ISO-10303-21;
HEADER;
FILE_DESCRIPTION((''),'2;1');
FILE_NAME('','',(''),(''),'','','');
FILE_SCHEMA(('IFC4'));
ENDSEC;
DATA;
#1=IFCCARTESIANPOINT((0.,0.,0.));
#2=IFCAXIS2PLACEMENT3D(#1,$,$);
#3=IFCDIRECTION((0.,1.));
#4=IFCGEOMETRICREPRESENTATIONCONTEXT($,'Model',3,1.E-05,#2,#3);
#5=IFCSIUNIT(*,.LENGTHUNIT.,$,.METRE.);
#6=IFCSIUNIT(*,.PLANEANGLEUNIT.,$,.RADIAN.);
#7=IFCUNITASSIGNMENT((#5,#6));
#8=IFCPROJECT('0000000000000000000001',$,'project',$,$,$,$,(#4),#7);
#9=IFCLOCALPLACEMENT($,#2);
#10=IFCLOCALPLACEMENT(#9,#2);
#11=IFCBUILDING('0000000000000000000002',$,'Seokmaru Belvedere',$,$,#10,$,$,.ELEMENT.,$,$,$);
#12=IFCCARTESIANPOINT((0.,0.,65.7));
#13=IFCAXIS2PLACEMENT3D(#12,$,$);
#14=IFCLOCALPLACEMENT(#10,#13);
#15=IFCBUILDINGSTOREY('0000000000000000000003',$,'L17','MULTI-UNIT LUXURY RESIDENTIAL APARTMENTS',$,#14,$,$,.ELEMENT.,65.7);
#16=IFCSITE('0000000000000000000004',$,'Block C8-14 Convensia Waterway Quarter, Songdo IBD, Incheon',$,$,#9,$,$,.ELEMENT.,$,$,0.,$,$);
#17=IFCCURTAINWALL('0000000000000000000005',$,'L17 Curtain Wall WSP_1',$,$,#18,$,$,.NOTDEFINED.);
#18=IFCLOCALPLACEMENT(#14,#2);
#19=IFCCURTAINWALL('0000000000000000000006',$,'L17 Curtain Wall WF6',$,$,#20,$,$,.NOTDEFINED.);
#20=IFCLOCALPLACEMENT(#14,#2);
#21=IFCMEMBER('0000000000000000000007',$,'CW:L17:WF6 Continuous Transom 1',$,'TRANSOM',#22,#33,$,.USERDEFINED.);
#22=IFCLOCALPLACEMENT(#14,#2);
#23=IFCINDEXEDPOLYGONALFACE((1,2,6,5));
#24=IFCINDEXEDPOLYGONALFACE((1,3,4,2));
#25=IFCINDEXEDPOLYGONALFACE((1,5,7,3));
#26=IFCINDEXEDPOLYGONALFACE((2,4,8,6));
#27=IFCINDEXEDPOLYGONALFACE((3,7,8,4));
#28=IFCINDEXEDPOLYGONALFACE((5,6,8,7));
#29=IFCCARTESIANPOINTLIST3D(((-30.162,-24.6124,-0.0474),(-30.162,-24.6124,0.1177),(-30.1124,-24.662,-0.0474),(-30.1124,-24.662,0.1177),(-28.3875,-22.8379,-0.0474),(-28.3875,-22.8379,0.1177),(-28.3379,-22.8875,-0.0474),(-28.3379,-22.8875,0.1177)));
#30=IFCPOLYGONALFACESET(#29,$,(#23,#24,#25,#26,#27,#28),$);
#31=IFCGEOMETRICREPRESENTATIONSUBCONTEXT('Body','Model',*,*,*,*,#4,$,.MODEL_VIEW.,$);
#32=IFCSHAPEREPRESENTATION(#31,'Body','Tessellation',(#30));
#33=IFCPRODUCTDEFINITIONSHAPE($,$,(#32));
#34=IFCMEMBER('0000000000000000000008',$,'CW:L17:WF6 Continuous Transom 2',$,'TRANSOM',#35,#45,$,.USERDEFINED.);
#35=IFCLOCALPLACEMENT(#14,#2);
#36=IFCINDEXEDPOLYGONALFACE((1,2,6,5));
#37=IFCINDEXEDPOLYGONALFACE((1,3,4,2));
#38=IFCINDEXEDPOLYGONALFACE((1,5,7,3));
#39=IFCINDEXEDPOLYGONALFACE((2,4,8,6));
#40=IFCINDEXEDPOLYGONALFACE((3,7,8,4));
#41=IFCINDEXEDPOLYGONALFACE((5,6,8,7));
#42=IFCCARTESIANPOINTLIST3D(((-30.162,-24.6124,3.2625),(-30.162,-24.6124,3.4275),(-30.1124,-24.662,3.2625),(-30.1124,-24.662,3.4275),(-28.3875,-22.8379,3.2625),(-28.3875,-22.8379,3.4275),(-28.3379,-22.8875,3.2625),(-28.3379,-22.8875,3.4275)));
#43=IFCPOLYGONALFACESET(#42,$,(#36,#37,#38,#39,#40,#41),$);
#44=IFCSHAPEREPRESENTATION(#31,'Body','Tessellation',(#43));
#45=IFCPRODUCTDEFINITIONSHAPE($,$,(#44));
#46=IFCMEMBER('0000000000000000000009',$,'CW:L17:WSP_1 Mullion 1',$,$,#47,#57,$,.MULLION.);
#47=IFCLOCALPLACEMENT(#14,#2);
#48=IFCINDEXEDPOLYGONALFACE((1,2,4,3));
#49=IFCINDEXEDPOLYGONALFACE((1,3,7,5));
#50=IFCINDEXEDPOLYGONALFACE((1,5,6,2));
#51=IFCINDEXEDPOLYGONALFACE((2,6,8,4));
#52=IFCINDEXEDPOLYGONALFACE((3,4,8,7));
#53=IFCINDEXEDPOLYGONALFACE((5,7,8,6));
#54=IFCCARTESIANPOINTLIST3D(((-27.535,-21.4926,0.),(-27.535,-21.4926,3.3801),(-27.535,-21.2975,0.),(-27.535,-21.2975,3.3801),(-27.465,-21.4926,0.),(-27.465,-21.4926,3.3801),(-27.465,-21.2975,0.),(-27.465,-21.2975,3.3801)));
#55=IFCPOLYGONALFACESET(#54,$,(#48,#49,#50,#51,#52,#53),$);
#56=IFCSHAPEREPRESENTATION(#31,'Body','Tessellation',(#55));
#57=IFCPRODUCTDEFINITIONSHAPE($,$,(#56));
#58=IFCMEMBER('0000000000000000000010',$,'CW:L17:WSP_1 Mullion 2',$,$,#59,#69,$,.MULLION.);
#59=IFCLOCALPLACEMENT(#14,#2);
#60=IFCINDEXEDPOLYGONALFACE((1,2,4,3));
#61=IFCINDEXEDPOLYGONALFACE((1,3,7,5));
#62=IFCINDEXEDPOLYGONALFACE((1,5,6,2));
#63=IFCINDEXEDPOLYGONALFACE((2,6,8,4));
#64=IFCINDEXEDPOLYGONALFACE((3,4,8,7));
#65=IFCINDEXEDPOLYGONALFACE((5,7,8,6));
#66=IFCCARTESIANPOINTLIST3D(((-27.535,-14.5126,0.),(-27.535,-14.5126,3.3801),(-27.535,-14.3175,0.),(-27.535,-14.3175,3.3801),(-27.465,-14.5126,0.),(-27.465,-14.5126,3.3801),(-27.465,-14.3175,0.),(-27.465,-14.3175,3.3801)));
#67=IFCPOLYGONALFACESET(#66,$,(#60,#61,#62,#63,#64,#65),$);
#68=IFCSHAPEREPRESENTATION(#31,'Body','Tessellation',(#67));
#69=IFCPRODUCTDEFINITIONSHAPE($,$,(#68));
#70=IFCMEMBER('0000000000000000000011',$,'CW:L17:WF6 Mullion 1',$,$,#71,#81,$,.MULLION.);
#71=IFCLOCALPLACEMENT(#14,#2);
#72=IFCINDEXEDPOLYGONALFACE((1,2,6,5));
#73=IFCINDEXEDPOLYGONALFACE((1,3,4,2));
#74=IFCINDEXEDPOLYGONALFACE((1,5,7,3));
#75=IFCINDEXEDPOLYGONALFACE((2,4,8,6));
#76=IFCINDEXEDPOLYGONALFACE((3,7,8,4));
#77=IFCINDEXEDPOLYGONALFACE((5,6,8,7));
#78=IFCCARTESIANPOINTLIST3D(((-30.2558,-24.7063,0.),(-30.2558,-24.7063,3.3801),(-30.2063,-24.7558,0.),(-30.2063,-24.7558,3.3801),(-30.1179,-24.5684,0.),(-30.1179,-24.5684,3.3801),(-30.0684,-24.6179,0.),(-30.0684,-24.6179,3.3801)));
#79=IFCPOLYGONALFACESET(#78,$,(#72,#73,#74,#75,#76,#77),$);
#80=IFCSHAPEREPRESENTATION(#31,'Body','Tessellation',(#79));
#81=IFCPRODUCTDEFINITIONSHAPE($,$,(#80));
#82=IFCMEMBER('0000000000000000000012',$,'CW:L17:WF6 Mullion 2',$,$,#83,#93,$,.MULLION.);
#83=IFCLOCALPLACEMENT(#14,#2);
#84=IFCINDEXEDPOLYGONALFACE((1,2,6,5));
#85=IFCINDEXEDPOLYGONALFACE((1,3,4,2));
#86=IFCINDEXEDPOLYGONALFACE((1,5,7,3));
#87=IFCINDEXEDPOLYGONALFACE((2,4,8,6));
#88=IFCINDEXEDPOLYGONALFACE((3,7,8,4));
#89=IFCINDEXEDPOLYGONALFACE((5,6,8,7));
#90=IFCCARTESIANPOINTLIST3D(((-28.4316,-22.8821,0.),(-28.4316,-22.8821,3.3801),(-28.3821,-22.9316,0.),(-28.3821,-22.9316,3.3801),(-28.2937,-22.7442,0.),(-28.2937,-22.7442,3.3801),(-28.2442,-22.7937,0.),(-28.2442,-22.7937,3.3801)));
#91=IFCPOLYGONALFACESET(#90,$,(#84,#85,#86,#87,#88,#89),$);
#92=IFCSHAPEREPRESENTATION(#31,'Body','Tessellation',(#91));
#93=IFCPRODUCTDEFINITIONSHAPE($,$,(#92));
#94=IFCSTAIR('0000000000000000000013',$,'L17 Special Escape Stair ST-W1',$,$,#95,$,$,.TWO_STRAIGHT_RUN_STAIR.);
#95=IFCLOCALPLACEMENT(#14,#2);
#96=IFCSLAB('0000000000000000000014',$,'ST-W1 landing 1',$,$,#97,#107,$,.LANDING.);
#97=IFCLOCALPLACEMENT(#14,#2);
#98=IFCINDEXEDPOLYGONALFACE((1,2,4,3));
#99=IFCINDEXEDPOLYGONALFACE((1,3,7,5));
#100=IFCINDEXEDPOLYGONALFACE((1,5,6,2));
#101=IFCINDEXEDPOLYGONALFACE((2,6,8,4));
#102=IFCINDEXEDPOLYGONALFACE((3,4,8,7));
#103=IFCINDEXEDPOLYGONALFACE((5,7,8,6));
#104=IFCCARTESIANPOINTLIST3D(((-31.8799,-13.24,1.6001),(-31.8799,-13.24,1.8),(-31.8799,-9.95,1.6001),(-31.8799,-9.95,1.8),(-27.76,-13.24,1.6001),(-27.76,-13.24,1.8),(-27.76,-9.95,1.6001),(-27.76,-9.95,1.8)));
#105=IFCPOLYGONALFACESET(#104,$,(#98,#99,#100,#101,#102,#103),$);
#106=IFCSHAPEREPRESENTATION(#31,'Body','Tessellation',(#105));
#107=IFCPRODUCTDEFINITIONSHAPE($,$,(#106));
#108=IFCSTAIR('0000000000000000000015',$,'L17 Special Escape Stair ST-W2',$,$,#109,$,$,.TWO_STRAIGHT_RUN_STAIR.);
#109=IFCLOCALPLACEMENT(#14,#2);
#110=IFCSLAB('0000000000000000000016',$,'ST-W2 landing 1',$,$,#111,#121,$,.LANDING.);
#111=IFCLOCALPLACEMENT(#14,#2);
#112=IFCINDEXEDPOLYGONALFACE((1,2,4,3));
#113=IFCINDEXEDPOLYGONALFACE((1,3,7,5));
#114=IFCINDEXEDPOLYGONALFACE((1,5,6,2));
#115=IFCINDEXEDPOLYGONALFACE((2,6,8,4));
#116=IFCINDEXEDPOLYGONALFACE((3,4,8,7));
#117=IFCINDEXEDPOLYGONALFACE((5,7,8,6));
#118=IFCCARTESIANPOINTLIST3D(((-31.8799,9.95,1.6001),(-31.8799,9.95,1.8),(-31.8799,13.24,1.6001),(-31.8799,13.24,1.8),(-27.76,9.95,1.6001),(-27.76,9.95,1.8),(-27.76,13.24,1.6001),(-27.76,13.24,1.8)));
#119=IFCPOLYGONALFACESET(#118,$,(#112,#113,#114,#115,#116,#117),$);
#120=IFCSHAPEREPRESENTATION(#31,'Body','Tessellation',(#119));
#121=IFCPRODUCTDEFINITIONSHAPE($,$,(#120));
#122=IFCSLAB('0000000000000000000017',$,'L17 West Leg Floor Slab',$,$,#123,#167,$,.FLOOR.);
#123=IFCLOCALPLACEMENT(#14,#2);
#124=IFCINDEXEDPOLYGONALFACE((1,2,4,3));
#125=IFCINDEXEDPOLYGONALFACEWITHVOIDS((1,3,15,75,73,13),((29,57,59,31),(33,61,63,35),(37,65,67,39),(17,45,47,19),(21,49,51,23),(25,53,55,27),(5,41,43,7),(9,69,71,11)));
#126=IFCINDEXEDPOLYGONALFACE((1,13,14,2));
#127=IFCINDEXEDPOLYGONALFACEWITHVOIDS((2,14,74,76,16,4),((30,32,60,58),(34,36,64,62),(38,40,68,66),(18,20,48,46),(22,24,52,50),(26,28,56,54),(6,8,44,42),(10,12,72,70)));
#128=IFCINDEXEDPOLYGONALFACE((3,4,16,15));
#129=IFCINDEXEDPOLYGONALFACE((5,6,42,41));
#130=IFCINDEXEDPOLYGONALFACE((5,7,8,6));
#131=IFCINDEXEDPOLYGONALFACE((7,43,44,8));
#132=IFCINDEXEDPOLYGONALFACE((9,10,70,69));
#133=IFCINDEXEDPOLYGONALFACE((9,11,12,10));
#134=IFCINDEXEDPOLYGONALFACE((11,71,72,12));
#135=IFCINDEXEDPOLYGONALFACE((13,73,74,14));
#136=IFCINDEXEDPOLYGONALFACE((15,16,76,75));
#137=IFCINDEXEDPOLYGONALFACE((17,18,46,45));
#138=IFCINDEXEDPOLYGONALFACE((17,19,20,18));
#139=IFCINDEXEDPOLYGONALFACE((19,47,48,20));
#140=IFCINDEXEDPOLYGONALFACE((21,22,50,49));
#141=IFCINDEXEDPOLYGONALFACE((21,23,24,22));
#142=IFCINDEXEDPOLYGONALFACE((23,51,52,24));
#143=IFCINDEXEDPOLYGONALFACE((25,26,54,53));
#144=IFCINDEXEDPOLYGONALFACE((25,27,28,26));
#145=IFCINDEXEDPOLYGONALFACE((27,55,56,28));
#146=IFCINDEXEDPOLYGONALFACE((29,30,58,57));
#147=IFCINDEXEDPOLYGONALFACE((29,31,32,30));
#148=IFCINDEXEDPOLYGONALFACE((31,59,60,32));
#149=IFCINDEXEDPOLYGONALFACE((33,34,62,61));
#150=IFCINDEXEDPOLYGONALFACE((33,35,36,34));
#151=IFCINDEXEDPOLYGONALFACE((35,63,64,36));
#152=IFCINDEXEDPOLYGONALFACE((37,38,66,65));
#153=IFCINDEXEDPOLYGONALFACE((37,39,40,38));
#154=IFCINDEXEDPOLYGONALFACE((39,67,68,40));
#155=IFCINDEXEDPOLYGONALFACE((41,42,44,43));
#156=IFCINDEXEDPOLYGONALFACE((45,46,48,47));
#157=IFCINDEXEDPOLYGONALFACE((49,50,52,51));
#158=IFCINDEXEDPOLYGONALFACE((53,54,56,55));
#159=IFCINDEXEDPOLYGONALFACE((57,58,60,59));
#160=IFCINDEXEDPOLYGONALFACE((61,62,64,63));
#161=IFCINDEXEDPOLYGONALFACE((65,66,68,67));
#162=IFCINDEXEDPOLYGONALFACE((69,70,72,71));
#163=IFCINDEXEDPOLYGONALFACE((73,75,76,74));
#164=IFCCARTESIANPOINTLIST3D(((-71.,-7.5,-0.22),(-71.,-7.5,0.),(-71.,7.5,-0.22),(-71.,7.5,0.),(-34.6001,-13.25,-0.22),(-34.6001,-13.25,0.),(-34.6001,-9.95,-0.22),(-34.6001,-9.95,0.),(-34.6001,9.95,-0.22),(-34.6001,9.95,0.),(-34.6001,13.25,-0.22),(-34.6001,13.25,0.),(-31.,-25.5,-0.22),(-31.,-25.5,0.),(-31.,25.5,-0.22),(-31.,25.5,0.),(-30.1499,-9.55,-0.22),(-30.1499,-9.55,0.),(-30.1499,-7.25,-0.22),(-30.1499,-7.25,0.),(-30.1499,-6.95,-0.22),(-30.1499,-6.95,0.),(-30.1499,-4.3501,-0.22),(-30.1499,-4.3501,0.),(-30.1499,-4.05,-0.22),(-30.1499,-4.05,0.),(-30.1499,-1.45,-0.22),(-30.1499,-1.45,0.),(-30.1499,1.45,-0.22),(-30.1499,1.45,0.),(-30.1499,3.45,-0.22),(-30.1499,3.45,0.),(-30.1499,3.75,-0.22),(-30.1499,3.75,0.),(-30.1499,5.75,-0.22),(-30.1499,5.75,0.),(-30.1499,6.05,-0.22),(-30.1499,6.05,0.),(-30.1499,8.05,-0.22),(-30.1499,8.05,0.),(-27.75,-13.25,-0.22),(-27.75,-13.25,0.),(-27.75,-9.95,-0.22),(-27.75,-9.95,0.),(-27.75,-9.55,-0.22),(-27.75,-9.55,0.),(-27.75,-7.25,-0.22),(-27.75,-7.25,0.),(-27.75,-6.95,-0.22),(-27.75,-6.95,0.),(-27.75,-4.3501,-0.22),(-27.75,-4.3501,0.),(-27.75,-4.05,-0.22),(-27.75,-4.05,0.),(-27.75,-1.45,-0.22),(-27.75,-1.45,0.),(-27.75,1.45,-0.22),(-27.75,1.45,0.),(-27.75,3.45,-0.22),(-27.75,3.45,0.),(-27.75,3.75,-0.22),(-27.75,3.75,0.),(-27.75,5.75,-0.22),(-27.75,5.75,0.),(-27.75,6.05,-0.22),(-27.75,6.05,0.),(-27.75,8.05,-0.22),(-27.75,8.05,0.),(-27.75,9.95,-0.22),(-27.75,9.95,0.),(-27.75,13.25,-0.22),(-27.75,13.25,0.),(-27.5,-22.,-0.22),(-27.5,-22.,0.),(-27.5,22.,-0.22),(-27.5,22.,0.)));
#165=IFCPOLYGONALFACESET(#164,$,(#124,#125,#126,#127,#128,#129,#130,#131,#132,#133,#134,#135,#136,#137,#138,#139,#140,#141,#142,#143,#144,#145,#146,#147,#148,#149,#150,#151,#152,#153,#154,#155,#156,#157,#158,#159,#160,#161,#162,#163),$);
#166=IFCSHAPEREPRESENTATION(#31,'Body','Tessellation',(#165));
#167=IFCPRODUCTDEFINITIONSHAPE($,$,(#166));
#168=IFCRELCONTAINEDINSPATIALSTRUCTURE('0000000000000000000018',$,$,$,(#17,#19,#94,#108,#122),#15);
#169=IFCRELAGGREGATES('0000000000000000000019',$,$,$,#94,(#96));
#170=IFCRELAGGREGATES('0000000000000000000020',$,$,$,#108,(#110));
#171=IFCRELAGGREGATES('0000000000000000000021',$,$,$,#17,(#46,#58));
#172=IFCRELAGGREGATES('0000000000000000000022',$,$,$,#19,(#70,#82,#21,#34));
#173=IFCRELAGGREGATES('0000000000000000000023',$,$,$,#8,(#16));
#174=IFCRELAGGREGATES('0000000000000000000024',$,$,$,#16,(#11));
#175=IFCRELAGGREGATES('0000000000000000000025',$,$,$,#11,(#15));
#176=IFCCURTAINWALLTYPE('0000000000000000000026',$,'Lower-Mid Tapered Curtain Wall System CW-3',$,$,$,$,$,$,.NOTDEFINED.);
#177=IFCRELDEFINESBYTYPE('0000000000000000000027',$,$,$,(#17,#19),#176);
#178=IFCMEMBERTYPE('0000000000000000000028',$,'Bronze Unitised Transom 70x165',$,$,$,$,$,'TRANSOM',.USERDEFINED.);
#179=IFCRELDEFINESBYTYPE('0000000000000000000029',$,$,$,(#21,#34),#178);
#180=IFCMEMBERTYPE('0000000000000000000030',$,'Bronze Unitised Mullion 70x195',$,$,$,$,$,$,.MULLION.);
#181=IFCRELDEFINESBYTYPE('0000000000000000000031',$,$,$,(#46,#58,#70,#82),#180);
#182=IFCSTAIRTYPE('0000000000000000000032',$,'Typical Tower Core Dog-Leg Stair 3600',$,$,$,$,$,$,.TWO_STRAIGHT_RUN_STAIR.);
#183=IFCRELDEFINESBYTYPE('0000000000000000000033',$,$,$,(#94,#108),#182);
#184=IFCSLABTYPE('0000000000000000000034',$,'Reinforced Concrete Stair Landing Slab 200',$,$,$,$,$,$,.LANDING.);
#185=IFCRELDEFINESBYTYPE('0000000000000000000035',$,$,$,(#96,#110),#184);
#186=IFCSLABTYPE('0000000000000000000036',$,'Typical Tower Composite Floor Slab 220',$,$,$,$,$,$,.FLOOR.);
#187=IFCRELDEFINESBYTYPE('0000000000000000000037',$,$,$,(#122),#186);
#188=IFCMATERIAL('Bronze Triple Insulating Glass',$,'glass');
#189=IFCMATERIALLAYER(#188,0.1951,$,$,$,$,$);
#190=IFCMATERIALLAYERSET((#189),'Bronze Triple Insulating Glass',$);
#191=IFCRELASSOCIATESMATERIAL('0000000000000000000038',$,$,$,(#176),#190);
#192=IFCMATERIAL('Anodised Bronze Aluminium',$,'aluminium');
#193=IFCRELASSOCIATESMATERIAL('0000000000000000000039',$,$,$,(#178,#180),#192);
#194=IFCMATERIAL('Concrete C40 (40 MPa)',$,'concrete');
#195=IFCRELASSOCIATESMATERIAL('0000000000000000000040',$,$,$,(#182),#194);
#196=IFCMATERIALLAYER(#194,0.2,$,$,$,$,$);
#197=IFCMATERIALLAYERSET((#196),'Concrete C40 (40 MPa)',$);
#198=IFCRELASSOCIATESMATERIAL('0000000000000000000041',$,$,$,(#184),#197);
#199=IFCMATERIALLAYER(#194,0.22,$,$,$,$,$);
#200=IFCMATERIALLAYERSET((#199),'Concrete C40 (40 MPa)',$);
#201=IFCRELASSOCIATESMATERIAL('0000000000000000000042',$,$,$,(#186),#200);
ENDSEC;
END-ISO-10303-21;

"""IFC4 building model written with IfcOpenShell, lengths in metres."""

from ifc_helpers import new_model, si_unit, direction, frame, origin, origin_2d, place, context, subcontext, project, spatial, polyline, rectangle, outline, extrude, source, transform, mapped, material, layer, layer_set, material_profile, profile_set, type_object, type_shapes, element, aggregate, save


model = new_model("IFC4")

# Units and contexts
model_context = context("Model", 3, precision=1e-05, world=origin(), true_north=direction((0.0, 1.0)))
body_context = subcontext(model_context, "Body", "Model", "MODEL_VIEW")
ifc_project = project(units=[si_unit("LENGTHUNIT", "METRE"), si_unit("PLANEANGLEUNIT", "RADIAN")], contexts=[model_context])

# Site, building, storey
site_placement = place(None, origin())
site = spatial("IfcSite", under=ifc_project, at=site_placement, Name="Block C8-14 Convensia Waterway Quarter, Songdo IBD, Incheon", CompositionType="ELEMENT", RefElevation=0.0)
building_placement = place(site_placement, origin())
building = spatial("IfcBuilding", under=site, at=building_placement, Name="Seokmaru Belvedere", CompositionType="ELEMENT")
storey_placement = place(building_placement, frame((0.0, 0.0, 65.7)))
storey = spatial("IfcBuildingStorey", under=building, at=storey_placement, Name="L17", Description="MULTI-UNIT LUXURY RESIDENTIAL APARTMENTS", CompositionType="ELEMENT", Elevation=65.7)

# Curtain walls, members
ifc_material_1 = material(Name="Bronze Triple Insulating Glass", Category="glass")
ifc_layer_1 = layer(ifc_material_1, 0.1951)
ifc_layer_set_1 = layer_set([ifc_layer_1], Name="Bronze Triple Insulating Glass")
curtain_wall_type = type_object("IfcCurtainWallType", Name="Lower-Mid Tapered Curtain Wall System CW-3", PredefinedType="NOTDEFINED", material=ifc_layer_set_1)
curtain_wall_1_placement = place(storey_placement, origin())
curtain_wall_1 = element("IfcCurtainWall", 1, at=curtain_wall_1_placement, inside=storey, type_object=curtain_wall_type, Name="L17 Curtain Wall WSP_1", PredefinedType="NOTDEFINED")
ifc_material_2 = material(Name="Anodised Bronze Aluminium", Category="aluminium")
ifc_material_profile_1 = material_profile(ifc_material_2, rectangle(XDim=0.0701, YDim=0.165, at=origin_2d()), Name="CW-T-70x165")
ifc_profile_set_1 = profile_set([ifc_material_profile_1], Name="Anodised Bronze Aluminium")
member_type_1 = type_object("IfcMemberType", Name="Bronze Unitised Transom 70x165", ElementType="TRANSOM", PredefinedType="USERDEFINED", material=ifc_profile_set_1)
curtain_wall_2_placement = place(storey_placement, origin())
curtain_wall_2 = element("IfcCurtainWall", 2, at=curtain_wall_2_placement, inside=storey, type_object=curtain_wall_type, Name="L17 Curtain Wall WF6", PredefinedType="NOTDEFINED")
shared_shape_1 = source(origin(), body_context, "Body", "SweptSolid", [
    extrude(rectangle(XDim=0.0701, YDim=0.165, at=origin_2d()), origin(), (0.0, 0.0, 1.0), 2.5095),
])
member_1_placement = place(storey_placement, frame((-30.1372, -24.6372, 0.0352), z_axis=(0.707107, 0.707107, 0.0), x_axis=(-0.707107, 0.707107, 0.0)))
member_1 = element("IfcMember", 3, at=member_1_placement, type_object=member_type_1, Name="CW:L17:WF6 Continuous Transom 1", ObjectType="TRANSOM", PredefinedType="USERDEFINED", context=body_context, shape_type="MappedRepresentation", body=[
    mapped(shared_shape_1, transform((0.0, 0.0, 0.0), scale=1.0)),
])
member_2_placement = place(storey_placement, frame((-30.1372, -24.6372, 3.345), z_axis=(0.707107, 0.707107, 0.0), x_axis=(-0.707107, 0.707107, 0.0)))
member_2 = element("IfcMember", 4, at=member_2_placement, type_object=member_type_1, Name="CW:L17:WF6 Continuous Transom 2", ObjectType="TRANSOM", PredefinedType="USERDEFINED", context=body_context, shape_type="MappedRepresentation", body=[
    mapped(shared_shape_1, transform((0.0, 0.0, 0.0), scale=1.0)),
])

# Members
ifc_material_profile_2 = material_profile(ifc_material_2, rectangle(XDim=0.0701, YDim=0.1951, at=origin_2d()), Name="CW-M-70x195")
ifc_profile_set_2 = profile_set([ifc_material_profile_2], Name="Anodised Bronze Aluminium")
member_type_2 = type_object("IfcMemberType", Name="Bronze Unitised Mullion 70x195", PredefinedType="MULLION", material=ifc_profile_set_2)
shared_shape_2 = source(origin(), body_context, "Body", "SweptSolid", [
    extrude(rectangle(XDim=0.0701, YDim=0.1951, at=origin_2d()), origin(), (0.0, 0.0, 1.0), 3.3801),
])
type_shapes(member_type_2, [shared_shape_2])
member_3_placement = place(storey_placement, frame((-27.5, -21.395, 0.0), z_axis=(0.0, 0.0, 1.0), x_axis=(-1.0, 0.0, 0.0)))
member_3 = element("IfcMember", 5, at=member_3_placement, type_object=member_type_2, Name="CW:L17:WSP_1 Mullion 1", PredefinedType="MULLION", context=body_context, shape_type="MappedRepresentation", body=[
    mapped(shared_shape_2, transform((0.0, 0.0, 0.0), scale=1.0)),
])
member_4_placement = place(storey_placement, frame((-27.5, -14.415, 0.0), z_axis=(0.0, 0.0, 1.0), x_axis=(-1.0, 0.0, 0.0)))
member_4 = element("IfcMember", 6, at=member_4_placement, type_object=member_type_2, Name="CW:L17:WSP_1 Mullion 2", PredefinedType="MULLION", context=body_context, shape_type="MappedRepresentation", body=[
    mapped(shared_shape_2, transform((0.0, 0.0, 0.0), scale=1.0)),
])
member_5_placement = place(storey_placement, frame((-30.1621, -24.6621, 0.0), z_axis=(0.0, 0.0, 1.0), x_axis=(-0.707107, 0.707107, 0.0)))
member_5 = element("IfcMember", 7, at=member_5_placement, type_object=member_type_2, Name="CW:L17:WF6 Mullion 1", PredefinedType="MULLION", context=body_context, shape_type="MappedRepresentation", body=[
    mapped(shared_shape_2, transform((0.0, 0.0, 0.0), scale=1.0)),
])
member_6_placement = place(storey_placement, frame((-28.3379, -22.8379, 0.0), z_axis=(0.0, 0.0, 1.0), x_axis=(-0.707107, 0.707107, 0.0)))
member_6 = element("IfcMember", 8, at=member_6_placement, type_object=member_type_2, Name="CW:L17:WF6 Mullion 2", PredefinedType="MULLION", context=body_context, shape_type="MappedRepresentation", body=[
    mapped(shared_shape_2, transform((0.0, 0.0, 0.0), scale=1.0)),
])

# Stairs, slabs
ifc_material_3 = material(Name="Concrete C40 (40 MPa)", Category="concrete")
stair_type = type_object("IfcStairType", Name="Typical Tower Core Dog-Leg Stair 3600", PredefinedType="TWO_STRAIGHT_RUN_STAIR", material=ifc_material_3)
stair_1_placement = place(storey_placement, origin())
stair_1 = element("IfcStair", 9, at=stair_1_placement, inside=storey, type_object=stair_type, Name="L17 Special Escape Stair ST-W1", PredefinedType="TWO_STRAIGHT_RUN_STAIR")
ifc_layer_2 = layer(ifc_material_3, 0.2)
ifc_layer_set_2 = layer_set([ifc_layer_2], Name="Concrete C40 (40 MPa)")
slab_type_1 = type_object("IfcSlabType", Name="Reinforced Concrete Stair Landing Slab 200", PredefinedType="LANDING", material=ifc_layer_set_2)
slab_1_placement = place(storey_placement, frame((0.0, 0.0, 1.6001)))
slab_1 = element("IfcSlab", 10, at=slab_1_placement, type_object=slab_type_1, Name="ST-W1 landing 1", PredefinedType="LANDING", context=body_context, shape_type="SweptSolid", body=[
    extrude(outline(polyline([(-31.8799, -13.24), (-27.76, -13.24), (-27.76, -9.95), (-31.8799, -9.95), (-31.8799, -13.24)])), origin(), (0.0, 0.0, 1.0), 0.2),
])
aggregate(stair_1, [slab_1])
stair_2_placement = place(storey_placement, origin())
stair_2 = element("IfcStair", 11, at=stair_2_placement, inside=storey, type_object=stair_type, Name="L17 Special Escape Stair ST-W2", PredefinedType="TWO_STRAIGHT_RUN_STAIR")
slab_2_placement = place(storey_placement, frame((0.0, 0.0, 1.6001)))
slab_2 = element("IfcSlab", 12, at=slab_2_placement, type_object=slab_type_1, Name="ST-W2 landing 1", PredefinedType="LANDING", context=body_context, shape_type="SweptSolid", body=[
    extrude(outline(polyline([(-31.8799, 9.95), (-27.76, 9.95), (-27.76, 13.24), (-31.8799, 13.24), (-31.8799, 9.95)])), origin(), (0.0, 0.0, 1.0), 0.2),
])
aggregate(stair_2, [slab_2])

# Slab
ifc_layer_3 = layer(ifc_material_3, 0.22)
ifc_layer_set_3 = layer_set([ifc_layer_3], Name="Concrete C40 (40 MPa)")
slab_type_2 = type_object("IfcSlabType", Name="Typical Tower Composite Floor Slab 220", PredefinedType="FLOOR", material=ifc_layer_set_3)
slab_3_placement = place(storey_placement, frame((0.0, 0.0, -0.22)))
element("IfcSlab", 13, at=slab_3_placement, inside=storey, type_object=slab_type_2, Name="L17 West Leg Floor Slab", PredefinedType="FLOOR", context=body_context, shape_type="SweptSolid", body=[
    extrude(outline(polyline([(-27.5, -22.0), (-27.5, 22.0), (-31.0, 25.5), (-71.0, 7.5), (-71.0, -7.5), (-31.0, -25.5), (-27.5, -22.0)]), holes=[polyline([(-34.6001, -13.25), (-27.75, -13.25), (-27.75, -9.95), (-34.6001, -9.95), (-34.6001, -13.25)]), polyline([(-34.6001, 9.95), (-27.75, 9.95), (-27.75, 13.25), (-34.6001, 13.25), (-34.6001, 9.95)]), polyline([(-30.1499, -9.55), (-27.75, -9.55), (-27.75, -7.25), (-30.1499, -7.25), (-30.1499, -9.55)]), polyline([(-30.1499, -6.95), (-27.75, -6.95), (-27.75, -4.3501), (-30.1499, -4.3501), (-30.1499, -6.95)]), polyline([(-30.1499, -4.05), (-27.75, -4.05), (-27.75, -1.45), (-30.1499, -1.45), (-30.1499, -4.05)]), polyline([(-30.1499, 1.45), (-27.75, 1.45), (-27.75, 3.45), (-30.1499, 3.45), (-30.1499, 1.45)]), polyline([(-30.1499, 3.75), (-27.75, 3.75), (-27.75, 5.75), (-30.1499, 5.75), (-30.1499, 3.75)]), polyline([(-30.1499, 6.05), (-27.75, 6.05), (-27.75, 8.05), (-30.1499, 8.05), (-30.1499, 6.05)])]), origin(), (0.0, 0.0, 1.0), 0.22),
])

aggregate(curtain_wall_1, [member_3, member_4])
aggregate(curtain_wall_2, [member_5, member_6, member_1, member_2])

save(model, "model.ifc")
